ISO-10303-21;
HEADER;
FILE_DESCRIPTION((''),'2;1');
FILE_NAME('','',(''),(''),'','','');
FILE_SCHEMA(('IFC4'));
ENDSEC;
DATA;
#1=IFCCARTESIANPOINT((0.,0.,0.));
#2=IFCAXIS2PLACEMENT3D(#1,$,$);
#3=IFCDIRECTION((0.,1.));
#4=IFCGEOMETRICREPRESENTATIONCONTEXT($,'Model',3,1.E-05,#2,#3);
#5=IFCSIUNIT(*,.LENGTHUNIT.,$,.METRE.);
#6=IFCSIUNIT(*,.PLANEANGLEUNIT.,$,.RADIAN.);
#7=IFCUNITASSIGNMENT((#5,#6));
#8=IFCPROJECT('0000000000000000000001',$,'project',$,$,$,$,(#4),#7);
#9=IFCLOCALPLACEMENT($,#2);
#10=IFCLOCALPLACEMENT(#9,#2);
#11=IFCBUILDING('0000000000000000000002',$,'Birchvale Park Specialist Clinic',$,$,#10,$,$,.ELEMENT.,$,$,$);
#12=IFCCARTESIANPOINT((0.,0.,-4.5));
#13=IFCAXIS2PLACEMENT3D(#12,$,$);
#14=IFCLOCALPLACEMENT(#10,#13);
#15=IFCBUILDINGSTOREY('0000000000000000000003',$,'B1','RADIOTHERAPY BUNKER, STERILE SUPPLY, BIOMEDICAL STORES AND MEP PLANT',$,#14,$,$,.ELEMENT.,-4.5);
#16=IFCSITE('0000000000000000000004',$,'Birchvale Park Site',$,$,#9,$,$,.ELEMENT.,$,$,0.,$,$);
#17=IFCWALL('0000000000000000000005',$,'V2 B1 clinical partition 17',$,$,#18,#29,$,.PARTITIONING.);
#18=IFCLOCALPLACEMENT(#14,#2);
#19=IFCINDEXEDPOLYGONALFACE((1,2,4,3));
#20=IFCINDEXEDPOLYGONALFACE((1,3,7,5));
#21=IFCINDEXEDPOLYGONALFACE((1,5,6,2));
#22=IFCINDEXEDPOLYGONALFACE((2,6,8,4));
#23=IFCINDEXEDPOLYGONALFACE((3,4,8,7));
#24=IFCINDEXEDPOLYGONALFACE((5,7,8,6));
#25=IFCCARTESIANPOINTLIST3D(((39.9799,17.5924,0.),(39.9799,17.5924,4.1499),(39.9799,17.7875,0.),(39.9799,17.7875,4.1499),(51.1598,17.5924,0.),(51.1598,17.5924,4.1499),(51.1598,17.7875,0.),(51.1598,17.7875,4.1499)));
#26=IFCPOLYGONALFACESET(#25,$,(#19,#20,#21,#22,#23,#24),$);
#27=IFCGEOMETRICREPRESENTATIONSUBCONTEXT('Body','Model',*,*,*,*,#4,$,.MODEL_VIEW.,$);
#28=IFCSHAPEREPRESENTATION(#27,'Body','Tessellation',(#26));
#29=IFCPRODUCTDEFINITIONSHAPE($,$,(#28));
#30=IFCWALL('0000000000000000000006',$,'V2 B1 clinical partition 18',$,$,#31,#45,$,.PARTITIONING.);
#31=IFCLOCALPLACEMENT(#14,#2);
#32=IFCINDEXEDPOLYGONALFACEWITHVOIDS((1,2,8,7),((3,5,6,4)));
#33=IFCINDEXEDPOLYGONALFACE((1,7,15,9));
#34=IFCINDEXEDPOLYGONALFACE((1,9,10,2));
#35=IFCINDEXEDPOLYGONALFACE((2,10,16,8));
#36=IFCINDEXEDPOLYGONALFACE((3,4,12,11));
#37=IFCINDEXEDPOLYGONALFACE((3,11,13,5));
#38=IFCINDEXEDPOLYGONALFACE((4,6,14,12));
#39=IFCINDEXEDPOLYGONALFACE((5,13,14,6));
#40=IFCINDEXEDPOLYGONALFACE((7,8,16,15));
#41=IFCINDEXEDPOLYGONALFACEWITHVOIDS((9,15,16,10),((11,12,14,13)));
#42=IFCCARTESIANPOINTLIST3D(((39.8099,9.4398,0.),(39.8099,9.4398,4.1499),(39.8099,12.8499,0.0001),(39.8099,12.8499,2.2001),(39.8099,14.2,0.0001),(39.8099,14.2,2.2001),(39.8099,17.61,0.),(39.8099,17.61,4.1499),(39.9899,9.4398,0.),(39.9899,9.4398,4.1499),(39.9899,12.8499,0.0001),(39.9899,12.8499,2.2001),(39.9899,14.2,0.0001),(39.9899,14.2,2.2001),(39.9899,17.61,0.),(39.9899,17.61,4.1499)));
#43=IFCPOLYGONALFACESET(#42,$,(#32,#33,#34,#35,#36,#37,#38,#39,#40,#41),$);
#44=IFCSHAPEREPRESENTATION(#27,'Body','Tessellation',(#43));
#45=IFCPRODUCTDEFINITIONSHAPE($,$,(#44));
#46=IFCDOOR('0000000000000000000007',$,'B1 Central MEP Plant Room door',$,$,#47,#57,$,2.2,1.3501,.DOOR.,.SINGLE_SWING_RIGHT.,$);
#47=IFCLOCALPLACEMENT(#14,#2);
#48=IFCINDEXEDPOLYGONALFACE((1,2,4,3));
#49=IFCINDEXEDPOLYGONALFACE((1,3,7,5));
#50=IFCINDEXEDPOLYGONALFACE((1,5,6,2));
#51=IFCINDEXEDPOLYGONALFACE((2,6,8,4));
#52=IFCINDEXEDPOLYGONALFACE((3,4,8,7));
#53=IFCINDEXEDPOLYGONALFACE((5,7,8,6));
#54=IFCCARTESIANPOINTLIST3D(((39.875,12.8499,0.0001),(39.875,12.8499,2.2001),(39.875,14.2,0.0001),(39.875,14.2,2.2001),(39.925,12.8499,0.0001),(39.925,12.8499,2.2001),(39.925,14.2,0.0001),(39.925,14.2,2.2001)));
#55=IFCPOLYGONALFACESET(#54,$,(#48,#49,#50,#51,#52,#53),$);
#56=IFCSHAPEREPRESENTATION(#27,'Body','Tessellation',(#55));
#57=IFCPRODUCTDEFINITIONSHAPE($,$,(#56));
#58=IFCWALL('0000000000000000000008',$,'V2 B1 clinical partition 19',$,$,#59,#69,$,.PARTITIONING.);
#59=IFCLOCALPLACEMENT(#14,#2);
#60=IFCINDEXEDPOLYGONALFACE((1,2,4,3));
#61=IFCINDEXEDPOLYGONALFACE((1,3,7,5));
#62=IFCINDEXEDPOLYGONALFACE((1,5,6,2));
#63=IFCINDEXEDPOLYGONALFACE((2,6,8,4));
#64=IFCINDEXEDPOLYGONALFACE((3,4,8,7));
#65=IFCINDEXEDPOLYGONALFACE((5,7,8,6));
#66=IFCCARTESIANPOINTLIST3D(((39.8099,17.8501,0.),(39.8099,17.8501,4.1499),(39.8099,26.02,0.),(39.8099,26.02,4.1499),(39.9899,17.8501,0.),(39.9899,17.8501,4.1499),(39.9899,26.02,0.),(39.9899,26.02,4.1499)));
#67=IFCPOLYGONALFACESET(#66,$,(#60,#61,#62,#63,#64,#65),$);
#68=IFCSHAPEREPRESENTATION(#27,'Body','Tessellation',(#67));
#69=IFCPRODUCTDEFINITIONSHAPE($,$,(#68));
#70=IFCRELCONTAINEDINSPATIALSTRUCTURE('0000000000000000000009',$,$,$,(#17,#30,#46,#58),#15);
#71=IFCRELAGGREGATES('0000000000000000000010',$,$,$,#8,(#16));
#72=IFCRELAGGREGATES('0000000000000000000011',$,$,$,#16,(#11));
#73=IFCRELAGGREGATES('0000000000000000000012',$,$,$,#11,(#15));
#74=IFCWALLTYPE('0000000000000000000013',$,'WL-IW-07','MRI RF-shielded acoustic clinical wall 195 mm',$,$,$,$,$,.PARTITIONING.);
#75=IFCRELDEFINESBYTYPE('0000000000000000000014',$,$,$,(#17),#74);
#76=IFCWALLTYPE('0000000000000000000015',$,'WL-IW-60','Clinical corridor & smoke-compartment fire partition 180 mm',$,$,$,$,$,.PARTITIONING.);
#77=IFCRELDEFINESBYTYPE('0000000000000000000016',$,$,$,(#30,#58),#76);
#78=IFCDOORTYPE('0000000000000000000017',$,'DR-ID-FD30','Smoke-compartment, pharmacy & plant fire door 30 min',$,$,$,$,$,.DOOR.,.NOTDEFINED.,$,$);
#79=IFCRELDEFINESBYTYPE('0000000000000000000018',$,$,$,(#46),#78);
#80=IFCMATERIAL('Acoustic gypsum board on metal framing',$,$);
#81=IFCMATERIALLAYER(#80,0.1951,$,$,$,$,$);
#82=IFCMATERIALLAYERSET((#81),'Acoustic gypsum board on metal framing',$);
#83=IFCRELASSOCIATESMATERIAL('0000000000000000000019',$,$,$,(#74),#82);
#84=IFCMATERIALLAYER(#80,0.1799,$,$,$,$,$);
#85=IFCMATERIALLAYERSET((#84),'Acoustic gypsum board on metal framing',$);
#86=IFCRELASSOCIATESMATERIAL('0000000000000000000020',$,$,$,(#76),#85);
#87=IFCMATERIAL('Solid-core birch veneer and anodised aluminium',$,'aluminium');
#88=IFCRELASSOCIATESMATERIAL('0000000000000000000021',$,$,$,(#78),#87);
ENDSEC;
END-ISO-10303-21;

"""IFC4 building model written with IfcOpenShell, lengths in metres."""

from ifc_helpers import new_model, si_unit, direction, frame, frame_2d, origin, place, context, subcontext, project, spatial, rectangle, extrude, material, layer, layer_set, type_object, element, fill, save


model = new_model("IFC4")

# Units and contexts
model_context = context("Model", 3, precision=1e-05, world=origin(), true_north=direction((0.0, 1.0)))
body_context = subcontext(model_context, "Body", "Model", "MODEL_VIEW")
ifc_project = project(units=[si_unit("LENGTHUNIT", "METRE"), si_unit("PLANEANGLEUNIT", "RADIAN")], contexts=[model_context])

# Site, building, storey
site_placement = place(None, origin())
site = spatial("IfcSite", under=ifc_project, at=site_placement, Name="Birchvale Park Site", CompositionType="ELEMENT", RefElevation=0.0)
building_placement = place(site_placement, origin())
building = spatial("IfcBuilding", under=site, at=building_placement, Name="Birchvale Park Specialist Clinic", CompositionType="ELEMENT")
storey_placement = place(building_placement, frame((0.0, 0.0, -4.5)))
storey = spatial("IfcBuildingStorey", under=building, at=storey_placement, Name="B1", Description="RADIOTHERAPY BUNKER, STERILE SUPPLY, BIOMEDICAL STORES AND MEP PLANT", CompositionType="ELEMENT", Elevation=-4.5)

# Wall
ifc_material_1 = material(Name="Acoustic gypsum board on metal framing")
ifc_layer_1 = layer(ifc_material_1, 0.1951)
ifc_layer_set_1 = layer_set([ifc_layer_1], Name="Acoustic gypsum board on metal framing")
wall_type_1 = type_object("IfcWallType", Name="WL-IW-07", Description="MRI RF-shielded acoustic clinical wall 195 mm", PredefinedType="PARTITIONING", material=ifc_layer_set_1)
wall_1_placement = place(storey_placement, frame((39.98, 17.6899, 0.0), z_axis=(0.0, 0.0, 1.0), x_axis=(1.0, 0.0, 0.0)))
element("IfcWall", 1, at=wall_1_placement, inside=storey, type_object=wall_type_1, Name="V2 B1 clinical partition 17", PredefinedType="PARTITIONING", context=body_context, shape_type="SweptSolid", body=[
    extrude(rectangle(XDim=11.1799, YDim=0.1951, at=frame_2d((5.5898, 0.0))), origin(), (0.0, 0.0, 1.0), 4.1499),
])

# Wall, opening, door
ifc_layer_2 = layer(ifc_material_1, 0.1799)
ifc_layer_set_2 = layer_set([ifc_layer_2], Name="Acoustic gypsum board on metal framing")
wall_type_2 = type_object("IfcWallType", Name="WL-IW-60", Description="Clinical corridor & smoke-compartment fire partition 180 mm", PredefinedType="PARTITIONING", material=ifc_layer_set_2)
wall_2_placement = place(storey_placement, frame((39.8999, 9.4399, 0.0), z_axis=(0.0, 0.0, 1.0), x_axis=(0.0, 1.0, 0.0)))
wall_2 = element("IfcWall", 2, at=wall_2_placement, inside=storey, type_object=wall_type_2, Name="V2 B1 clinical partition 18", PredefinedType="PARTITIONING", context=body_context, shape_type="SweptSolid", body=[
    extrude(rectangle(XDim=8.1702, YDim=0.1799, at=frame_2d((4.085, 0.0))), origin(), (0.0, 0.0, 1.0), 4.1499),
])
opening_placement = place(wall_2_placement, frame((3.4099, 0.0, 0.0)))
opening = element("IfcOpeningElement", 3, at=opening_placement, cuts=wall_2, PredefinedType="OPENING", context=body_context, shape_type="SweptSolid", body=[
    extrude(rectangle(XDim=1.3501, YDim=2.2, at=frame_2d((0.675, 1.1001))), frame((0.0, 0.1001, 0.0), z_axis=(0.0, -1.0, 0.0), x_axis=(1.0, 0.0, 0.0)), (0.0, 0.0, 1.0), 0.2),
])
ifc_material_2 = material(Name="Solid-core birch veneer and anodised aluminium", Category="aluminium")
door_type = type_object("IfcDoorType", Name="DR-ID-FD30", Description="Smoke-compartment, pharmacy & plant fire door 30 min", OperationType="NOTDEFINED", PredefinedType="DOOR", material=ifc_material_2)
door_placement = place(opening_placement, origin())
door = element("IfcDoor", 4, at=door_placement, inside=storey, type_object=door_type, Name="B1 Central MEP Plant Room door", OperationType="SINGLE_SWING_RIGHT", OverallHeight=2.2, OverallWidth=1.3501, PredefinedType="DOOR", context=body_context, shape_type="SweptSolid", body=[
    extrude(rectangle(XDim=1.3501, YDim=2.2, at=frame_2d((0.675, 1.1001))), frame((0.0, 0.0249, 0.0), z_axis=(0.0, -1.0, 0.0), x_axis=(1.0, 0.0, 0.0)), (0.0, 0.0, 1.0), 0.05),
])
fill(opening, door)

# Wall
wall_3_placement = place(storey_placement, frame((39.8999, 17.8501, 0.0), z_axis=(0.0, 0.0, 1.0), x_axis=(0.0, 1.0, 0.0)))
element("IfcWall", 5, at=wall_3_placement, inside=storey, type_object=wall_type_2, Name="V2 B1 clinical partition 19", PredefinedType="PARTITIONING", context=body_context, shape_type="SweptSolid", body=[
    extrude(rectangle(XDim=8.1699, YDim=0.1799, at=frame_2d((4.085, 0.0))), origin(), (0.0, 0.0, 1.0), 4.1499),
])

save(model, "model.ifc")
